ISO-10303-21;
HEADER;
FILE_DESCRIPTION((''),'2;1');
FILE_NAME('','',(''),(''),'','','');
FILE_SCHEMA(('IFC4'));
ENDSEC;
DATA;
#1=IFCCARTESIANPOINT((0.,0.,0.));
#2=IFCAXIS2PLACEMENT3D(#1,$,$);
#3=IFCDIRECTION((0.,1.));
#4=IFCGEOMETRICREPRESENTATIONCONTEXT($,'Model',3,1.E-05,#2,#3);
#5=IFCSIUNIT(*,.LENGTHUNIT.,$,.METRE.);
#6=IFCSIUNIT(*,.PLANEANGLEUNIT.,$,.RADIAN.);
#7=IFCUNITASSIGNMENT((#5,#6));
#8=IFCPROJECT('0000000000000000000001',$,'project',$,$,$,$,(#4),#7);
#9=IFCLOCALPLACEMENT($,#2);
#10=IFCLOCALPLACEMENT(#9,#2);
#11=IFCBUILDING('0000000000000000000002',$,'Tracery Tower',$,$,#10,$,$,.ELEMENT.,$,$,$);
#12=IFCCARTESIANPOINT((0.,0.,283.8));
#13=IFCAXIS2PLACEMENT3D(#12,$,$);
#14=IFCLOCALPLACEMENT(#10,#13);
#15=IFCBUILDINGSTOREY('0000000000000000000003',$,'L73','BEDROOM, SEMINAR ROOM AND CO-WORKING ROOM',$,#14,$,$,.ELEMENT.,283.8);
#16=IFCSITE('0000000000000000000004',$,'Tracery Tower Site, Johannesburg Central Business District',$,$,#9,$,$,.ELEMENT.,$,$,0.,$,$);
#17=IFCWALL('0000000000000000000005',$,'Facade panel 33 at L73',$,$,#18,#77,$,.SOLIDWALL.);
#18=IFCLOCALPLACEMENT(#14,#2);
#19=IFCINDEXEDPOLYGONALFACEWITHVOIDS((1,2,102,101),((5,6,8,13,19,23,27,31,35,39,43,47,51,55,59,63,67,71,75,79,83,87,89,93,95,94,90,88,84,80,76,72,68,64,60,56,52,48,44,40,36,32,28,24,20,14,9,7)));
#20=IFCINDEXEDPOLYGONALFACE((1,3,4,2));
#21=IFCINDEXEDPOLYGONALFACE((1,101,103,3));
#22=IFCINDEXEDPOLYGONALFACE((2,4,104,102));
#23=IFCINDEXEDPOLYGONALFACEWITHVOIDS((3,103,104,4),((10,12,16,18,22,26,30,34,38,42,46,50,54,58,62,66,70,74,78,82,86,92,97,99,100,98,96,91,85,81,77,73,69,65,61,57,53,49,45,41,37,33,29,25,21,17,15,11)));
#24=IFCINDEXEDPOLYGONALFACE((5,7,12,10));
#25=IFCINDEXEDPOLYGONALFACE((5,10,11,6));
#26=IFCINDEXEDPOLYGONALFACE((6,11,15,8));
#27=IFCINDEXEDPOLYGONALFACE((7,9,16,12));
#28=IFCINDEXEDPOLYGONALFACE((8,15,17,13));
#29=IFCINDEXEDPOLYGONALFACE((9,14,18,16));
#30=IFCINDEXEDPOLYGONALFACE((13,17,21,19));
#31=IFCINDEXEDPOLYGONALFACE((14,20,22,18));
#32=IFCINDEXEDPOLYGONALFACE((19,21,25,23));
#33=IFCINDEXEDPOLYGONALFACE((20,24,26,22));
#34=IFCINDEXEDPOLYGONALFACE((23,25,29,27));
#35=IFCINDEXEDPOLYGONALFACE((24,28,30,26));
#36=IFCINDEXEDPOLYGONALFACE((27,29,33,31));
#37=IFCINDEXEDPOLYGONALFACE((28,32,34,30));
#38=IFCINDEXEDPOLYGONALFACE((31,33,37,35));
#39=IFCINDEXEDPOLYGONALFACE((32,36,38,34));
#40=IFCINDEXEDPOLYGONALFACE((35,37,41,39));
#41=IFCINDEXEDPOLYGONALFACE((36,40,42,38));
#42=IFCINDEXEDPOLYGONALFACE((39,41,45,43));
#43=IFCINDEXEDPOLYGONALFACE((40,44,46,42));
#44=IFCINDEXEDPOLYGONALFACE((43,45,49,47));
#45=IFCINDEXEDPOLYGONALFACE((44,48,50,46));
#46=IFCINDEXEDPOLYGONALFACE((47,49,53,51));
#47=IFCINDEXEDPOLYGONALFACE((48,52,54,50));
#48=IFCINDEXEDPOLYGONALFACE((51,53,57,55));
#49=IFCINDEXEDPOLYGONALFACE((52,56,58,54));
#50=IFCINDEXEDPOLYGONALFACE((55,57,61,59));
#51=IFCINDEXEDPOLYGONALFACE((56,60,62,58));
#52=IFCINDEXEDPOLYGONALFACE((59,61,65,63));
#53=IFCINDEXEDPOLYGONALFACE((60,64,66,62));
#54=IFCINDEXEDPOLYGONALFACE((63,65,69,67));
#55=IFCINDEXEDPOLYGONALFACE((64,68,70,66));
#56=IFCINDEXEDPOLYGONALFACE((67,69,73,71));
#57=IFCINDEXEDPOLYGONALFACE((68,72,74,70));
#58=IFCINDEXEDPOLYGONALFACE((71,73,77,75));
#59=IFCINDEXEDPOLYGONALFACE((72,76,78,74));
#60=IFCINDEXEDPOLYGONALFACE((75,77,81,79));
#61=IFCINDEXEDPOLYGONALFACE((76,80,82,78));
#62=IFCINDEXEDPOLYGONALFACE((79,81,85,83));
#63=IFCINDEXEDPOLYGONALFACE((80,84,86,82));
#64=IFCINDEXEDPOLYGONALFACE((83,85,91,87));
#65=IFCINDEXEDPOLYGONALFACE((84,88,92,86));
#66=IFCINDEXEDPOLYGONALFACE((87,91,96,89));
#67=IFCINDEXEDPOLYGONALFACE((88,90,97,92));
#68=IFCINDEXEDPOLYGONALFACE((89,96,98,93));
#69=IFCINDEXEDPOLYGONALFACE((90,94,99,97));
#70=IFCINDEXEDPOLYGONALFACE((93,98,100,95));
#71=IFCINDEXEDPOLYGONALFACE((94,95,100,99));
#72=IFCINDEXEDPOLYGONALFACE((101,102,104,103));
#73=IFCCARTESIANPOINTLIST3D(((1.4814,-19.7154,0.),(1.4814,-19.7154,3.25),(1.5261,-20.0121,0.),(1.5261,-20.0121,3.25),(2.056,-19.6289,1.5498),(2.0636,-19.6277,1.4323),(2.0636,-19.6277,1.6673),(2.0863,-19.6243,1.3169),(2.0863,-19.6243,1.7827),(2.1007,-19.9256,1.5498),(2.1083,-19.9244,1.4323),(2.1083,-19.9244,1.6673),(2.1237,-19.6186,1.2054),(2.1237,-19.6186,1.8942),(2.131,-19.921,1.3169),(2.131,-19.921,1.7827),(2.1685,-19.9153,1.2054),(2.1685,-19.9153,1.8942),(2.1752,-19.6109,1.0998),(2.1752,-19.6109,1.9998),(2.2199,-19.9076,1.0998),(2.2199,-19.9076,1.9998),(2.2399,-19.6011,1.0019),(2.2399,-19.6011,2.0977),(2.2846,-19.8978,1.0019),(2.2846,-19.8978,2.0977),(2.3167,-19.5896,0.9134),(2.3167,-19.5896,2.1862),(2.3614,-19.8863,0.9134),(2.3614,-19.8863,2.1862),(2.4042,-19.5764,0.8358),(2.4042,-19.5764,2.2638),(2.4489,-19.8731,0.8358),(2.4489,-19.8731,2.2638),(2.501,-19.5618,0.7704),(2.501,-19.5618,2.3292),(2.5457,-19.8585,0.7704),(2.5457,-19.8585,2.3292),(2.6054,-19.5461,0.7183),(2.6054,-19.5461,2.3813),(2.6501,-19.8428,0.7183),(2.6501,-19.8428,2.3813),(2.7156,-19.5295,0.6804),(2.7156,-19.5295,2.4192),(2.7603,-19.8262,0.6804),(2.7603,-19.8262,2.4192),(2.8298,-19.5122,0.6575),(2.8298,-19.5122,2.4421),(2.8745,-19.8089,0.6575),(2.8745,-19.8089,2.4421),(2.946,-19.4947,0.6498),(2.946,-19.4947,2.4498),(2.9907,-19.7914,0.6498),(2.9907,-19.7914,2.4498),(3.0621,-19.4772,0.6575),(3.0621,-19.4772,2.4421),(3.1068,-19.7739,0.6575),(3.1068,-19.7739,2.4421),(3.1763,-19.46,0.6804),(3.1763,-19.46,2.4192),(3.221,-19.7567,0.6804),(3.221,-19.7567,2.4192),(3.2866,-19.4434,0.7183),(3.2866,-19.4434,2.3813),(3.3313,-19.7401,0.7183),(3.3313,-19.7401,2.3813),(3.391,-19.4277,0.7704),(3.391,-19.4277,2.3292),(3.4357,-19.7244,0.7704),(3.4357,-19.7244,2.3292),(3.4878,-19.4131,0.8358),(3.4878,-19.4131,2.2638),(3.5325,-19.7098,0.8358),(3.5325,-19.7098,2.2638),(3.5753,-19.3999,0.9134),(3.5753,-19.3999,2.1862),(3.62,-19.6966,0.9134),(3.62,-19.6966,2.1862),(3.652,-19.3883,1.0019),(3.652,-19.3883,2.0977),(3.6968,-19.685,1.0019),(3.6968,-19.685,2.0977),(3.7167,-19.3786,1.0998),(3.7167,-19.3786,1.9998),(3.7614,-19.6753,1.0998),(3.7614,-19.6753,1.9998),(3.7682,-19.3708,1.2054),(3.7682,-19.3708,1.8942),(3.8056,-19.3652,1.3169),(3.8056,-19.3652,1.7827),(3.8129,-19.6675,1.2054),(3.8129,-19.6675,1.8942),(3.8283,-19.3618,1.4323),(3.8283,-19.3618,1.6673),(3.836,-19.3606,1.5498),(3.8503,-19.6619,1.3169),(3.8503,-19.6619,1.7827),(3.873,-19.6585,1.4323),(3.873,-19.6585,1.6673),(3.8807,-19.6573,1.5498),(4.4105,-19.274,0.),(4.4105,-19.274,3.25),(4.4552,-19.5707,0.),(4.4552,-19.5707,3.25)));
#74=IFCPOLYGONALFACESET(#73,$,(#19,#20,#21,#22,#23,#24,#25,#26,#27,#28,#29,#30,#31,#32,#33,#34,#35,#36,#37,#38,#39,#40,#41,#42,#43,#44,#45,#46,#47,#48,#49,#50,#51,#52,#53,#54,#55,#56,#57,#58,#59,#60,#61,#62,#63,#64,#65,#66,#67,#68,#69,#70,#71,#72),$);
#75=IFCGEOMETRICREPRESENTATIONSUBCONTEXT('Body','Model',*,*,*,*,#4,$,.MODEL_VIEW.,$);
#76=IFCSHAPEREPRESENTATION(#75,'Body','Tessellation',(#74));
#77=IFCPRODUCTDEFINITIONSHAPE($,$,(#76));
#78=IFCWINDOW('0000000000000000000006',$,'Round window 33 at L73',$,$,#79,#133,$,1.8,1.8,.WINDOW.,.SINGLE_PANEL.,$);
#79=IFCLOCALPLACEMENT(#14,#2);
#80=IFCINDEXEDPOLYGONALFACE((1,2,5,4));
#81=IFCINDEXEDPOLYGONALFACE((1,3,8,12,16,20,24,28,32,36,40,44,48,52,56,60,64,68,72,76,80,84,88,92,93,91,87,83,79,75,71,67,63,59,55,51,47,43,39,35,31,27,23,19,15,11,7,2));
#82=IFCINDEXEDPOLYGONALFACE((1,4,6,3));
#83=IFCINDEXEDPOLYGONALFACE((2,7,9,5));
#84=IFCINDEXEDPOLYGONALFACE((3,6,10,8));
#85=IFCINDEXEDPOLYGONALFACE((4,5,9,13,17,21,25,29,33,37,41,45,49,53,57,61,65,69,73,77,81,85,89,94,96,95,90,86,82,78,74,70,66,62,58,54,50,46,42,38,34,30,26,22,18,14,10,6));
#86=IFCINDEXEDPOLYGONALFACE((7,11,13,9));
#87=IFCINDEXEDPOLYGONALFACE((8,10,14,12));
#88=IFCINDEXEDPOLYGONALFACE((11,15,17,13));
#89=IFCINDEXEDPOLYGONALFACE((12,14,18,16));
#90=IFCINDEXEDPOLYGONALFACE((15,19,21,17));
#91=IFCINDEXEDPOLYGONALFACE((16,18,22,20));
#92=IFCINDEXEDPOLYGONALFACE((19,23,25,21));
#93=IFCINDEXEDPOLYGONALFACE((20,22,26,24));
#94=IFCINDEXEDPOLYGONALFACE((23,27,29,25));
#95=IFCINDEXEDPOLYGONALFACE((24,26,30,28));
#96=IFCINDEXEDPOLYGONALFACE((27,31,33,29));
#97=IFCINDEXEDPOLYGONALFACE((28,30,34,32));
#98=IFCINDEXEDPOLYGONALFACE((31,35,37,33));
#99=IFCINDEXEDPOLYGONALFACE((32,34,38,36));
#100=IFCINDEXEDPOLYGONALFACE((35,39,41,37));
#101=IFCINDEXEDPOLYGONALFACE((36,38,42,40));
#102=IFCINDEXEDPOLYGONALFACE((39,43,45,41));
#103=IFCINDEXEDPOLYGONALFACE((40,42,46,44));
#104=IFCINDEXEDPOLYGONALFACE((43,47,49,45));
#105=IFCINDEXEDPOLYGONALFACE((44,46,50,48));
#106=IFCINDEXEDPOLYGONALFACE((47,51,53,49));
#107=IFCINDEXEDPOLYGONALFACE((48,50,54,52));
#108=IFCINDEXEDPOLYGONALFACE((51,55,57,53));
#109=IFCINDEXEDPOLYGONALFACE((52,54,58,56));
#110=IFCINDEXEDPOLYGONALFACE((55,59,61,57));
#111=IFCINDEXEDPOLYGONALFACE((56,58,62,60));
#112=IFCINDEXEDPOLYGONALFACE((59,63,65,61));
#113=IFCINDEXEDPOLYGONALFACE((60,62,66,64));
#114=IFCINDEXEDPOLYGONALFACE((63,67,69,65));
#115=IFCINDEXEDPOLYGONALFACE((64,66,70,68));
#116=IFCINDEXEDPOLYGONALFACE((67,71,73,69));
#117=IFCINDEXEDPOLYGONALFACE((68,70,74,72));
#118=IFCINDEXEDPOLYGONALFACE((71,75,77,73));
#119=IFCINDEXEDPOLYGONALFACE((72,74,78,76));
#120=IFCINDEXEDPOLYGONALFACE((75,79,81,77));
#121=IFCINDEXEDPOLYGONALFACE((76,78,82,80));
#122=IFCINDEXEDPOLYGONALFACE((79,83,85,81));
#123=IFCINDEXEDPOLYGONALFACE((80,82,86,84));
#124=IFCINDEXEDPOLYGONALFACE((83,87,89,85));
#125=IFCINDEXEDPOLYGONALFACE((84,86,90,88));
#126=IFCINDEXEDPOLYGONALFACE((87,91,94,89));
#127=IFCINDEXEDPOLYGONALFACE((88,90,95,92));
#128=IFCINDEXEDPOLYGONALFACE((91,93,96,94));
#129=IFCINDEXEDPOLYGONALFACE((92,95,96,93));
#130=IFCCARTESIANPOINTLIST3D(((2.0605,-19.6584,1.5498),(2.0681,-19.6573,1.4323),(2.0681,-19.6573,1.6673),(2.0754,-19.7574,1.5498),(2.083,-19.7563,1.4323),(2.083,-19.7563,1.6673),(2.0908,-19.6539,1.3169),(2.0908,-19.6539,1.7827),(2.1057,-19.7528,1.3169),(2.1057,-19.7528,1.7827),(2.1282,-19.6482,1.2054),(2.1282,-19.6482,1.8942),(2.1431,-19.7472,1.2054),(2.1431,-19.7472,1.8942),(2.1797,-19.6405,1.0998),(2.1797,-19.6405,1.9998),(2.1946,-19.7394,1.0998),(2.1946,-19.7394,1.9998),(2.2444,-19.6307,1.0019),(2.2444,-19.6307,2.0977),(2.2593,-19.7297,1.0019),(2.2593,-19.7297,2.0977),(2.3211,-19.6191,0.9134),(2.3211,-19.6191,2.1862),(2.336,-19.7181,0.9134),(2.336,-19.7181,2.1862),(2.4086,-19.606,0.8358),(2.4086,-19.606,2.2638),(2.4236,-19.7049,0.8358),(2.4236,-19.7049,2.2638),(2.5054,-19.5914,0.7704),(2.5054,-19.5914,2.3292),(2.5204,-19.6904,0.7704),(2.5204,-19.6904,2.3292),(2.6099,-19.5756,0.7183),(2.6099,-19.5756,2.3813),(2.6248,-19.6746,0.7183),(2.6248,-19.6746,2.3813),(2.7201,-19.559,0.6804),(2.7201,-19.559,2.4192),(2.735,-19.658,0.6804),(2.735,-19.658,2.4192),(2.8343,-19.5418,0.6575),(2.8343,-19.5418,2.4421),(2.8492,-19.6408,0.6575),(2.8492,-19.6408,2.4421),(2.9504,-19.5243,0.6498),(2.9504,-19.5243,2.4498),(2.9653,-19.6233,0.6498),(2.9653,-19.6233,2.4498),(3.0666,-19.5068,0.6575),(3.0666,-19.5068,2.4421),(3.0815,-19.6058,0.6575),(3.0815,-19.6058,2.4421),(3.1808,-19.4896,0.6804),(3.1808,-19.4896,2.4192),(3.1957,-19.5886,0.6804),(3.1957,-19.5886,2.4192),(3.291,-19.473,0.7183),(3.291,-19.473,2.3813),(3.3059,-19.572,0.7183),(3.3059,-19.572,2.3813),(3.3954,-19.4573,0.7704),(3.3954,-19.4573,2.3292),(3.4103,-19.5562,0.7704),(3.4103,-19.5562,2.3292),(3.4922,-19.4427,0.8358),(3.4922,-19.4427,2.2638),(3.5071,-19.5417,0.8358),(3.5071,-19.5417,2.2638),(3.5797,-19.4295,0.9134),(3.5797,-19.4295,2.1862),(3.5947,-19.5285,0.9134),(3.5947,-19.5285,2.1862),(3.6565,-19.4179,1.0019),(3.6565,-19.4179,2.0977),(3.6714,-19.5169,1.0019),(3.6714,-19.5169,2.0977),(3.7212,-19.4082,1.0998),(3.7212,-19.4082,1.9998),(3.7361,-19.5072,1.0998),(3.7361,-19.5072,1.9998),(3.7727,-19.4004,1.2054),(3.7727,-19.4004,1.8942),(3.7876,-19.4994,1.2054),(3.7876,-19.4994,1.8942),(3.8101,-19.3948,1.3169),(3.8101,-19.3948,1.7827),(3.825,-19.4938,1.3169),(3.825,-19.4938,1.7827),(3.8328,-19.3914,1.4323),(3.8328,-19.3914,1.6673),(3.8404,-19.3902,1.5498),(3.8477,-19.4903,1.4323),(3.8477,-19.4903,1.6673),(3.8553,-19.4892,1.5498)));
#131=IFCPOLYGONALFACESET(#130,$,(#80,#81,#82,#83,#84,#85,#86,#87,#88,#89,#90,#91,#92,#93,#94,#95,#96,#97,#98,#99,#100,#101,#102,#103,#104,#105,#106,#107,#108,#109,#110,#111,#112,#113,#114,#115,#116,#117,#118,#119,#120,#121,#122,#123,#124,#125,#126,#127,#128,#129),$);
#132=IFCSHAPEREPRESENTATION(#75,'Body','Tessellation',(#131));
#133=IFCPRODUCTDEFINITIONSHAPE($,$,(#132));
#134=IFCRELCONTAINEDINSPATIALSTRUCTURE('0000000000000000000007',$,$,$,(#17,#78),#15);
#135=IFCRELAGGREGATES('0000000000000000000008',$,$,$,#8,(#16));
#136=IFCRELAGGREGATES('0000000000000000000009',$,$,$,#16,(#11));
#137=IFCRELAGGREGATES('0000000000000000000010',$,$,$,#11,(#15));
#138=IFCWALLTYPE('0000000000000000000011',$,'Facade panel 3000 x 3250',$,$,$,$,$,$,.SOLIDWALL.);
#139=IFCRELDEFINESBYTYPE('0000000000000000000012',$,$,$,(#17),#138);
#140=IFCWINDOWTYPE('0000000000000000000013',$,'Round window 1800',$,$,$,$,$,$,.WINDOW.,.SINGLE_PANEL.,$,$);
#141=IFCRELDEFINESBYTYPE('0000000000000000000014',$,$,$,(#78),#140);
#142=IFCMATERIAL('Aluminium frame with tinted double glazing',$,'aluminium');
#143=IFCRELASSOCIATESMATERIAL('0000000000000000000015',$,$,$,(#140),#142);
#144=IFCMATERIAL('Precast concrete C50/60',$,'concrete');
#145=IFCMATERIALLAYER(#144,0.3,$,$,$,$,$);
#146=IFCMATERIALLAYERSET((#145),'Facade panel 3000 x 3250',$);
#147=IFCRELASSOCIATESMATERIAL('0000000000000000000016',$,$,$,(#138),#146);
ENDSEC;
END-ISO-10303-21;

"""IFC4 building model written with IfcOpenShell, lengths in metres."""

from ifc_helpers import new_model, si_unit, direction, frame, frame_2d, origin, origin_2d, place, context, subcontext, project, spatial, rectangle, circle, extrude, material, layer, layer_set, type_object, element, fill, save


model = new_model("IFC4")

# Units and contexts
model_context = context("Model", 3, precision=1e-05, world=origin(), true_north=direction((0.0, 1.0)))
body_context = subcontext(model_context, "Body", "Model", "MODEL_VIEW")
ifc_project = project(units=[si_unit("LENGTHUNIT", "METRE"), si_unit("PLANEANGLEUNIT", "RADIAN")], contexts=[model_context])

# Site, building, storey
site_placement = place(None, origin())
site = spatial("IfcSite", under=ifc_project, at=site_placement, Name="Tracery Tower Site, Johannesburg Central Business District", CompositionType="ELEMENT", RefElevation=0.0)
building_placement = place(site_placement, origin())
building = spatial("IfcBuilding", under=site, at=building_placement, Name="Tracery Tower", CompositionType="ELEMENT")
storey_placement = place(building_placement, frame((0.0, 0.0, 283.8)))
storey = spatial("IfcBuildingStorey", under=building, at=storey_placement, Name="L73", Description="BEDROOM, SEMINAR ROOM AND CO-WORKING ROOM", CompositionType="ELEMENT", Elevation=283.8)

# Wall, opening, window
ifc_material_1 = material(Name="Aluminium frame with tinted double glazing", Category="aluminium")
window_type = type_object("IfcWindowType", Name="Round window 1800", PartitioningType="SINGLE_PANEL", PredefinedType="WINDOW", material=ifc_material_1)
ifc_material_2 = material(Name="Precast concrete C50/60", Category="concrete")
ifc_layer_1 = layer(ifc_material_2, 0.3)
ifc_layer_set_1 = layer_set([ifc_layer_1], Name="Facade panel 3000 x 3250")
wall_type_1 = type_object("IfcWallType", Name="Facade panel 3000 x 3250", PredefinedType="SOLIDWALL", material=ifc_layer_set_1)
wall_1_placement = place(storey_placement, frame((1.5039, -19.8638, 0.0), z_axis=(0.0, 0.0, 1.0), x_axis=(0.988836, 0.149009, 0.0)))
wall_1 = element("IfcWall", 1, at=wall_1_placement, inside=storey, type_object=wall_type_1, Name="Facade panel 33 at L73", PredefinedType="SOLIDWALL", context=body_context, shape_type="SweptSolid", body=[
    extrude(rectangle(XDim=2.9622, YDim=0.3, at=frame_2d((1.481, 0.0))), origin(), (0.0, 0.0, 1.0), 3.25),
])
opening_1_placement = place(wall_1_placement, frame((1.481, 0.0, 1.5498)))
opening_1 = element("IfcOpeningElement", 2, at=opening_1_placement, cuts=wall_1, PredefinedType="OPENING", context=body_context, shape_type="SweptSolid", body=[
    extrude(circle(Radius=0.9, at=origin_2d()), frame((0.0, 0.1599, 0.0), z_axis=(0.0, -1.0, 0.0), x_axis=(1.0, 0.0, 0.0)), (0.0, 0.0, 1.0), 0.3201),
])
window_1_placement = place(opening_1_placement, origin())
window_1 = element("IfcWindow", 3, at=window_1_placement, inside=storey, type_object=window_type, Name="Round window 33 at L73", OverallHeight=1.8, OverallWidth=1.8, PartitioningType="SINGLE_PANEL", PredefinedType="WINDOW", context=body_context, shape_type="SweptSolid", body=[
    extrude(circle(Radius=0.9, at=origin_2d()), frame((0.0, 0.1201, 0.0), z_axis=(0.0, -1.0, 0.0), x_axis=(1.0, 0.0, 0.0)), (0.0, 0.0, 1.0), 0.1001),
])
fill(opening_1, window_1)

save(model, "model.ifc")
